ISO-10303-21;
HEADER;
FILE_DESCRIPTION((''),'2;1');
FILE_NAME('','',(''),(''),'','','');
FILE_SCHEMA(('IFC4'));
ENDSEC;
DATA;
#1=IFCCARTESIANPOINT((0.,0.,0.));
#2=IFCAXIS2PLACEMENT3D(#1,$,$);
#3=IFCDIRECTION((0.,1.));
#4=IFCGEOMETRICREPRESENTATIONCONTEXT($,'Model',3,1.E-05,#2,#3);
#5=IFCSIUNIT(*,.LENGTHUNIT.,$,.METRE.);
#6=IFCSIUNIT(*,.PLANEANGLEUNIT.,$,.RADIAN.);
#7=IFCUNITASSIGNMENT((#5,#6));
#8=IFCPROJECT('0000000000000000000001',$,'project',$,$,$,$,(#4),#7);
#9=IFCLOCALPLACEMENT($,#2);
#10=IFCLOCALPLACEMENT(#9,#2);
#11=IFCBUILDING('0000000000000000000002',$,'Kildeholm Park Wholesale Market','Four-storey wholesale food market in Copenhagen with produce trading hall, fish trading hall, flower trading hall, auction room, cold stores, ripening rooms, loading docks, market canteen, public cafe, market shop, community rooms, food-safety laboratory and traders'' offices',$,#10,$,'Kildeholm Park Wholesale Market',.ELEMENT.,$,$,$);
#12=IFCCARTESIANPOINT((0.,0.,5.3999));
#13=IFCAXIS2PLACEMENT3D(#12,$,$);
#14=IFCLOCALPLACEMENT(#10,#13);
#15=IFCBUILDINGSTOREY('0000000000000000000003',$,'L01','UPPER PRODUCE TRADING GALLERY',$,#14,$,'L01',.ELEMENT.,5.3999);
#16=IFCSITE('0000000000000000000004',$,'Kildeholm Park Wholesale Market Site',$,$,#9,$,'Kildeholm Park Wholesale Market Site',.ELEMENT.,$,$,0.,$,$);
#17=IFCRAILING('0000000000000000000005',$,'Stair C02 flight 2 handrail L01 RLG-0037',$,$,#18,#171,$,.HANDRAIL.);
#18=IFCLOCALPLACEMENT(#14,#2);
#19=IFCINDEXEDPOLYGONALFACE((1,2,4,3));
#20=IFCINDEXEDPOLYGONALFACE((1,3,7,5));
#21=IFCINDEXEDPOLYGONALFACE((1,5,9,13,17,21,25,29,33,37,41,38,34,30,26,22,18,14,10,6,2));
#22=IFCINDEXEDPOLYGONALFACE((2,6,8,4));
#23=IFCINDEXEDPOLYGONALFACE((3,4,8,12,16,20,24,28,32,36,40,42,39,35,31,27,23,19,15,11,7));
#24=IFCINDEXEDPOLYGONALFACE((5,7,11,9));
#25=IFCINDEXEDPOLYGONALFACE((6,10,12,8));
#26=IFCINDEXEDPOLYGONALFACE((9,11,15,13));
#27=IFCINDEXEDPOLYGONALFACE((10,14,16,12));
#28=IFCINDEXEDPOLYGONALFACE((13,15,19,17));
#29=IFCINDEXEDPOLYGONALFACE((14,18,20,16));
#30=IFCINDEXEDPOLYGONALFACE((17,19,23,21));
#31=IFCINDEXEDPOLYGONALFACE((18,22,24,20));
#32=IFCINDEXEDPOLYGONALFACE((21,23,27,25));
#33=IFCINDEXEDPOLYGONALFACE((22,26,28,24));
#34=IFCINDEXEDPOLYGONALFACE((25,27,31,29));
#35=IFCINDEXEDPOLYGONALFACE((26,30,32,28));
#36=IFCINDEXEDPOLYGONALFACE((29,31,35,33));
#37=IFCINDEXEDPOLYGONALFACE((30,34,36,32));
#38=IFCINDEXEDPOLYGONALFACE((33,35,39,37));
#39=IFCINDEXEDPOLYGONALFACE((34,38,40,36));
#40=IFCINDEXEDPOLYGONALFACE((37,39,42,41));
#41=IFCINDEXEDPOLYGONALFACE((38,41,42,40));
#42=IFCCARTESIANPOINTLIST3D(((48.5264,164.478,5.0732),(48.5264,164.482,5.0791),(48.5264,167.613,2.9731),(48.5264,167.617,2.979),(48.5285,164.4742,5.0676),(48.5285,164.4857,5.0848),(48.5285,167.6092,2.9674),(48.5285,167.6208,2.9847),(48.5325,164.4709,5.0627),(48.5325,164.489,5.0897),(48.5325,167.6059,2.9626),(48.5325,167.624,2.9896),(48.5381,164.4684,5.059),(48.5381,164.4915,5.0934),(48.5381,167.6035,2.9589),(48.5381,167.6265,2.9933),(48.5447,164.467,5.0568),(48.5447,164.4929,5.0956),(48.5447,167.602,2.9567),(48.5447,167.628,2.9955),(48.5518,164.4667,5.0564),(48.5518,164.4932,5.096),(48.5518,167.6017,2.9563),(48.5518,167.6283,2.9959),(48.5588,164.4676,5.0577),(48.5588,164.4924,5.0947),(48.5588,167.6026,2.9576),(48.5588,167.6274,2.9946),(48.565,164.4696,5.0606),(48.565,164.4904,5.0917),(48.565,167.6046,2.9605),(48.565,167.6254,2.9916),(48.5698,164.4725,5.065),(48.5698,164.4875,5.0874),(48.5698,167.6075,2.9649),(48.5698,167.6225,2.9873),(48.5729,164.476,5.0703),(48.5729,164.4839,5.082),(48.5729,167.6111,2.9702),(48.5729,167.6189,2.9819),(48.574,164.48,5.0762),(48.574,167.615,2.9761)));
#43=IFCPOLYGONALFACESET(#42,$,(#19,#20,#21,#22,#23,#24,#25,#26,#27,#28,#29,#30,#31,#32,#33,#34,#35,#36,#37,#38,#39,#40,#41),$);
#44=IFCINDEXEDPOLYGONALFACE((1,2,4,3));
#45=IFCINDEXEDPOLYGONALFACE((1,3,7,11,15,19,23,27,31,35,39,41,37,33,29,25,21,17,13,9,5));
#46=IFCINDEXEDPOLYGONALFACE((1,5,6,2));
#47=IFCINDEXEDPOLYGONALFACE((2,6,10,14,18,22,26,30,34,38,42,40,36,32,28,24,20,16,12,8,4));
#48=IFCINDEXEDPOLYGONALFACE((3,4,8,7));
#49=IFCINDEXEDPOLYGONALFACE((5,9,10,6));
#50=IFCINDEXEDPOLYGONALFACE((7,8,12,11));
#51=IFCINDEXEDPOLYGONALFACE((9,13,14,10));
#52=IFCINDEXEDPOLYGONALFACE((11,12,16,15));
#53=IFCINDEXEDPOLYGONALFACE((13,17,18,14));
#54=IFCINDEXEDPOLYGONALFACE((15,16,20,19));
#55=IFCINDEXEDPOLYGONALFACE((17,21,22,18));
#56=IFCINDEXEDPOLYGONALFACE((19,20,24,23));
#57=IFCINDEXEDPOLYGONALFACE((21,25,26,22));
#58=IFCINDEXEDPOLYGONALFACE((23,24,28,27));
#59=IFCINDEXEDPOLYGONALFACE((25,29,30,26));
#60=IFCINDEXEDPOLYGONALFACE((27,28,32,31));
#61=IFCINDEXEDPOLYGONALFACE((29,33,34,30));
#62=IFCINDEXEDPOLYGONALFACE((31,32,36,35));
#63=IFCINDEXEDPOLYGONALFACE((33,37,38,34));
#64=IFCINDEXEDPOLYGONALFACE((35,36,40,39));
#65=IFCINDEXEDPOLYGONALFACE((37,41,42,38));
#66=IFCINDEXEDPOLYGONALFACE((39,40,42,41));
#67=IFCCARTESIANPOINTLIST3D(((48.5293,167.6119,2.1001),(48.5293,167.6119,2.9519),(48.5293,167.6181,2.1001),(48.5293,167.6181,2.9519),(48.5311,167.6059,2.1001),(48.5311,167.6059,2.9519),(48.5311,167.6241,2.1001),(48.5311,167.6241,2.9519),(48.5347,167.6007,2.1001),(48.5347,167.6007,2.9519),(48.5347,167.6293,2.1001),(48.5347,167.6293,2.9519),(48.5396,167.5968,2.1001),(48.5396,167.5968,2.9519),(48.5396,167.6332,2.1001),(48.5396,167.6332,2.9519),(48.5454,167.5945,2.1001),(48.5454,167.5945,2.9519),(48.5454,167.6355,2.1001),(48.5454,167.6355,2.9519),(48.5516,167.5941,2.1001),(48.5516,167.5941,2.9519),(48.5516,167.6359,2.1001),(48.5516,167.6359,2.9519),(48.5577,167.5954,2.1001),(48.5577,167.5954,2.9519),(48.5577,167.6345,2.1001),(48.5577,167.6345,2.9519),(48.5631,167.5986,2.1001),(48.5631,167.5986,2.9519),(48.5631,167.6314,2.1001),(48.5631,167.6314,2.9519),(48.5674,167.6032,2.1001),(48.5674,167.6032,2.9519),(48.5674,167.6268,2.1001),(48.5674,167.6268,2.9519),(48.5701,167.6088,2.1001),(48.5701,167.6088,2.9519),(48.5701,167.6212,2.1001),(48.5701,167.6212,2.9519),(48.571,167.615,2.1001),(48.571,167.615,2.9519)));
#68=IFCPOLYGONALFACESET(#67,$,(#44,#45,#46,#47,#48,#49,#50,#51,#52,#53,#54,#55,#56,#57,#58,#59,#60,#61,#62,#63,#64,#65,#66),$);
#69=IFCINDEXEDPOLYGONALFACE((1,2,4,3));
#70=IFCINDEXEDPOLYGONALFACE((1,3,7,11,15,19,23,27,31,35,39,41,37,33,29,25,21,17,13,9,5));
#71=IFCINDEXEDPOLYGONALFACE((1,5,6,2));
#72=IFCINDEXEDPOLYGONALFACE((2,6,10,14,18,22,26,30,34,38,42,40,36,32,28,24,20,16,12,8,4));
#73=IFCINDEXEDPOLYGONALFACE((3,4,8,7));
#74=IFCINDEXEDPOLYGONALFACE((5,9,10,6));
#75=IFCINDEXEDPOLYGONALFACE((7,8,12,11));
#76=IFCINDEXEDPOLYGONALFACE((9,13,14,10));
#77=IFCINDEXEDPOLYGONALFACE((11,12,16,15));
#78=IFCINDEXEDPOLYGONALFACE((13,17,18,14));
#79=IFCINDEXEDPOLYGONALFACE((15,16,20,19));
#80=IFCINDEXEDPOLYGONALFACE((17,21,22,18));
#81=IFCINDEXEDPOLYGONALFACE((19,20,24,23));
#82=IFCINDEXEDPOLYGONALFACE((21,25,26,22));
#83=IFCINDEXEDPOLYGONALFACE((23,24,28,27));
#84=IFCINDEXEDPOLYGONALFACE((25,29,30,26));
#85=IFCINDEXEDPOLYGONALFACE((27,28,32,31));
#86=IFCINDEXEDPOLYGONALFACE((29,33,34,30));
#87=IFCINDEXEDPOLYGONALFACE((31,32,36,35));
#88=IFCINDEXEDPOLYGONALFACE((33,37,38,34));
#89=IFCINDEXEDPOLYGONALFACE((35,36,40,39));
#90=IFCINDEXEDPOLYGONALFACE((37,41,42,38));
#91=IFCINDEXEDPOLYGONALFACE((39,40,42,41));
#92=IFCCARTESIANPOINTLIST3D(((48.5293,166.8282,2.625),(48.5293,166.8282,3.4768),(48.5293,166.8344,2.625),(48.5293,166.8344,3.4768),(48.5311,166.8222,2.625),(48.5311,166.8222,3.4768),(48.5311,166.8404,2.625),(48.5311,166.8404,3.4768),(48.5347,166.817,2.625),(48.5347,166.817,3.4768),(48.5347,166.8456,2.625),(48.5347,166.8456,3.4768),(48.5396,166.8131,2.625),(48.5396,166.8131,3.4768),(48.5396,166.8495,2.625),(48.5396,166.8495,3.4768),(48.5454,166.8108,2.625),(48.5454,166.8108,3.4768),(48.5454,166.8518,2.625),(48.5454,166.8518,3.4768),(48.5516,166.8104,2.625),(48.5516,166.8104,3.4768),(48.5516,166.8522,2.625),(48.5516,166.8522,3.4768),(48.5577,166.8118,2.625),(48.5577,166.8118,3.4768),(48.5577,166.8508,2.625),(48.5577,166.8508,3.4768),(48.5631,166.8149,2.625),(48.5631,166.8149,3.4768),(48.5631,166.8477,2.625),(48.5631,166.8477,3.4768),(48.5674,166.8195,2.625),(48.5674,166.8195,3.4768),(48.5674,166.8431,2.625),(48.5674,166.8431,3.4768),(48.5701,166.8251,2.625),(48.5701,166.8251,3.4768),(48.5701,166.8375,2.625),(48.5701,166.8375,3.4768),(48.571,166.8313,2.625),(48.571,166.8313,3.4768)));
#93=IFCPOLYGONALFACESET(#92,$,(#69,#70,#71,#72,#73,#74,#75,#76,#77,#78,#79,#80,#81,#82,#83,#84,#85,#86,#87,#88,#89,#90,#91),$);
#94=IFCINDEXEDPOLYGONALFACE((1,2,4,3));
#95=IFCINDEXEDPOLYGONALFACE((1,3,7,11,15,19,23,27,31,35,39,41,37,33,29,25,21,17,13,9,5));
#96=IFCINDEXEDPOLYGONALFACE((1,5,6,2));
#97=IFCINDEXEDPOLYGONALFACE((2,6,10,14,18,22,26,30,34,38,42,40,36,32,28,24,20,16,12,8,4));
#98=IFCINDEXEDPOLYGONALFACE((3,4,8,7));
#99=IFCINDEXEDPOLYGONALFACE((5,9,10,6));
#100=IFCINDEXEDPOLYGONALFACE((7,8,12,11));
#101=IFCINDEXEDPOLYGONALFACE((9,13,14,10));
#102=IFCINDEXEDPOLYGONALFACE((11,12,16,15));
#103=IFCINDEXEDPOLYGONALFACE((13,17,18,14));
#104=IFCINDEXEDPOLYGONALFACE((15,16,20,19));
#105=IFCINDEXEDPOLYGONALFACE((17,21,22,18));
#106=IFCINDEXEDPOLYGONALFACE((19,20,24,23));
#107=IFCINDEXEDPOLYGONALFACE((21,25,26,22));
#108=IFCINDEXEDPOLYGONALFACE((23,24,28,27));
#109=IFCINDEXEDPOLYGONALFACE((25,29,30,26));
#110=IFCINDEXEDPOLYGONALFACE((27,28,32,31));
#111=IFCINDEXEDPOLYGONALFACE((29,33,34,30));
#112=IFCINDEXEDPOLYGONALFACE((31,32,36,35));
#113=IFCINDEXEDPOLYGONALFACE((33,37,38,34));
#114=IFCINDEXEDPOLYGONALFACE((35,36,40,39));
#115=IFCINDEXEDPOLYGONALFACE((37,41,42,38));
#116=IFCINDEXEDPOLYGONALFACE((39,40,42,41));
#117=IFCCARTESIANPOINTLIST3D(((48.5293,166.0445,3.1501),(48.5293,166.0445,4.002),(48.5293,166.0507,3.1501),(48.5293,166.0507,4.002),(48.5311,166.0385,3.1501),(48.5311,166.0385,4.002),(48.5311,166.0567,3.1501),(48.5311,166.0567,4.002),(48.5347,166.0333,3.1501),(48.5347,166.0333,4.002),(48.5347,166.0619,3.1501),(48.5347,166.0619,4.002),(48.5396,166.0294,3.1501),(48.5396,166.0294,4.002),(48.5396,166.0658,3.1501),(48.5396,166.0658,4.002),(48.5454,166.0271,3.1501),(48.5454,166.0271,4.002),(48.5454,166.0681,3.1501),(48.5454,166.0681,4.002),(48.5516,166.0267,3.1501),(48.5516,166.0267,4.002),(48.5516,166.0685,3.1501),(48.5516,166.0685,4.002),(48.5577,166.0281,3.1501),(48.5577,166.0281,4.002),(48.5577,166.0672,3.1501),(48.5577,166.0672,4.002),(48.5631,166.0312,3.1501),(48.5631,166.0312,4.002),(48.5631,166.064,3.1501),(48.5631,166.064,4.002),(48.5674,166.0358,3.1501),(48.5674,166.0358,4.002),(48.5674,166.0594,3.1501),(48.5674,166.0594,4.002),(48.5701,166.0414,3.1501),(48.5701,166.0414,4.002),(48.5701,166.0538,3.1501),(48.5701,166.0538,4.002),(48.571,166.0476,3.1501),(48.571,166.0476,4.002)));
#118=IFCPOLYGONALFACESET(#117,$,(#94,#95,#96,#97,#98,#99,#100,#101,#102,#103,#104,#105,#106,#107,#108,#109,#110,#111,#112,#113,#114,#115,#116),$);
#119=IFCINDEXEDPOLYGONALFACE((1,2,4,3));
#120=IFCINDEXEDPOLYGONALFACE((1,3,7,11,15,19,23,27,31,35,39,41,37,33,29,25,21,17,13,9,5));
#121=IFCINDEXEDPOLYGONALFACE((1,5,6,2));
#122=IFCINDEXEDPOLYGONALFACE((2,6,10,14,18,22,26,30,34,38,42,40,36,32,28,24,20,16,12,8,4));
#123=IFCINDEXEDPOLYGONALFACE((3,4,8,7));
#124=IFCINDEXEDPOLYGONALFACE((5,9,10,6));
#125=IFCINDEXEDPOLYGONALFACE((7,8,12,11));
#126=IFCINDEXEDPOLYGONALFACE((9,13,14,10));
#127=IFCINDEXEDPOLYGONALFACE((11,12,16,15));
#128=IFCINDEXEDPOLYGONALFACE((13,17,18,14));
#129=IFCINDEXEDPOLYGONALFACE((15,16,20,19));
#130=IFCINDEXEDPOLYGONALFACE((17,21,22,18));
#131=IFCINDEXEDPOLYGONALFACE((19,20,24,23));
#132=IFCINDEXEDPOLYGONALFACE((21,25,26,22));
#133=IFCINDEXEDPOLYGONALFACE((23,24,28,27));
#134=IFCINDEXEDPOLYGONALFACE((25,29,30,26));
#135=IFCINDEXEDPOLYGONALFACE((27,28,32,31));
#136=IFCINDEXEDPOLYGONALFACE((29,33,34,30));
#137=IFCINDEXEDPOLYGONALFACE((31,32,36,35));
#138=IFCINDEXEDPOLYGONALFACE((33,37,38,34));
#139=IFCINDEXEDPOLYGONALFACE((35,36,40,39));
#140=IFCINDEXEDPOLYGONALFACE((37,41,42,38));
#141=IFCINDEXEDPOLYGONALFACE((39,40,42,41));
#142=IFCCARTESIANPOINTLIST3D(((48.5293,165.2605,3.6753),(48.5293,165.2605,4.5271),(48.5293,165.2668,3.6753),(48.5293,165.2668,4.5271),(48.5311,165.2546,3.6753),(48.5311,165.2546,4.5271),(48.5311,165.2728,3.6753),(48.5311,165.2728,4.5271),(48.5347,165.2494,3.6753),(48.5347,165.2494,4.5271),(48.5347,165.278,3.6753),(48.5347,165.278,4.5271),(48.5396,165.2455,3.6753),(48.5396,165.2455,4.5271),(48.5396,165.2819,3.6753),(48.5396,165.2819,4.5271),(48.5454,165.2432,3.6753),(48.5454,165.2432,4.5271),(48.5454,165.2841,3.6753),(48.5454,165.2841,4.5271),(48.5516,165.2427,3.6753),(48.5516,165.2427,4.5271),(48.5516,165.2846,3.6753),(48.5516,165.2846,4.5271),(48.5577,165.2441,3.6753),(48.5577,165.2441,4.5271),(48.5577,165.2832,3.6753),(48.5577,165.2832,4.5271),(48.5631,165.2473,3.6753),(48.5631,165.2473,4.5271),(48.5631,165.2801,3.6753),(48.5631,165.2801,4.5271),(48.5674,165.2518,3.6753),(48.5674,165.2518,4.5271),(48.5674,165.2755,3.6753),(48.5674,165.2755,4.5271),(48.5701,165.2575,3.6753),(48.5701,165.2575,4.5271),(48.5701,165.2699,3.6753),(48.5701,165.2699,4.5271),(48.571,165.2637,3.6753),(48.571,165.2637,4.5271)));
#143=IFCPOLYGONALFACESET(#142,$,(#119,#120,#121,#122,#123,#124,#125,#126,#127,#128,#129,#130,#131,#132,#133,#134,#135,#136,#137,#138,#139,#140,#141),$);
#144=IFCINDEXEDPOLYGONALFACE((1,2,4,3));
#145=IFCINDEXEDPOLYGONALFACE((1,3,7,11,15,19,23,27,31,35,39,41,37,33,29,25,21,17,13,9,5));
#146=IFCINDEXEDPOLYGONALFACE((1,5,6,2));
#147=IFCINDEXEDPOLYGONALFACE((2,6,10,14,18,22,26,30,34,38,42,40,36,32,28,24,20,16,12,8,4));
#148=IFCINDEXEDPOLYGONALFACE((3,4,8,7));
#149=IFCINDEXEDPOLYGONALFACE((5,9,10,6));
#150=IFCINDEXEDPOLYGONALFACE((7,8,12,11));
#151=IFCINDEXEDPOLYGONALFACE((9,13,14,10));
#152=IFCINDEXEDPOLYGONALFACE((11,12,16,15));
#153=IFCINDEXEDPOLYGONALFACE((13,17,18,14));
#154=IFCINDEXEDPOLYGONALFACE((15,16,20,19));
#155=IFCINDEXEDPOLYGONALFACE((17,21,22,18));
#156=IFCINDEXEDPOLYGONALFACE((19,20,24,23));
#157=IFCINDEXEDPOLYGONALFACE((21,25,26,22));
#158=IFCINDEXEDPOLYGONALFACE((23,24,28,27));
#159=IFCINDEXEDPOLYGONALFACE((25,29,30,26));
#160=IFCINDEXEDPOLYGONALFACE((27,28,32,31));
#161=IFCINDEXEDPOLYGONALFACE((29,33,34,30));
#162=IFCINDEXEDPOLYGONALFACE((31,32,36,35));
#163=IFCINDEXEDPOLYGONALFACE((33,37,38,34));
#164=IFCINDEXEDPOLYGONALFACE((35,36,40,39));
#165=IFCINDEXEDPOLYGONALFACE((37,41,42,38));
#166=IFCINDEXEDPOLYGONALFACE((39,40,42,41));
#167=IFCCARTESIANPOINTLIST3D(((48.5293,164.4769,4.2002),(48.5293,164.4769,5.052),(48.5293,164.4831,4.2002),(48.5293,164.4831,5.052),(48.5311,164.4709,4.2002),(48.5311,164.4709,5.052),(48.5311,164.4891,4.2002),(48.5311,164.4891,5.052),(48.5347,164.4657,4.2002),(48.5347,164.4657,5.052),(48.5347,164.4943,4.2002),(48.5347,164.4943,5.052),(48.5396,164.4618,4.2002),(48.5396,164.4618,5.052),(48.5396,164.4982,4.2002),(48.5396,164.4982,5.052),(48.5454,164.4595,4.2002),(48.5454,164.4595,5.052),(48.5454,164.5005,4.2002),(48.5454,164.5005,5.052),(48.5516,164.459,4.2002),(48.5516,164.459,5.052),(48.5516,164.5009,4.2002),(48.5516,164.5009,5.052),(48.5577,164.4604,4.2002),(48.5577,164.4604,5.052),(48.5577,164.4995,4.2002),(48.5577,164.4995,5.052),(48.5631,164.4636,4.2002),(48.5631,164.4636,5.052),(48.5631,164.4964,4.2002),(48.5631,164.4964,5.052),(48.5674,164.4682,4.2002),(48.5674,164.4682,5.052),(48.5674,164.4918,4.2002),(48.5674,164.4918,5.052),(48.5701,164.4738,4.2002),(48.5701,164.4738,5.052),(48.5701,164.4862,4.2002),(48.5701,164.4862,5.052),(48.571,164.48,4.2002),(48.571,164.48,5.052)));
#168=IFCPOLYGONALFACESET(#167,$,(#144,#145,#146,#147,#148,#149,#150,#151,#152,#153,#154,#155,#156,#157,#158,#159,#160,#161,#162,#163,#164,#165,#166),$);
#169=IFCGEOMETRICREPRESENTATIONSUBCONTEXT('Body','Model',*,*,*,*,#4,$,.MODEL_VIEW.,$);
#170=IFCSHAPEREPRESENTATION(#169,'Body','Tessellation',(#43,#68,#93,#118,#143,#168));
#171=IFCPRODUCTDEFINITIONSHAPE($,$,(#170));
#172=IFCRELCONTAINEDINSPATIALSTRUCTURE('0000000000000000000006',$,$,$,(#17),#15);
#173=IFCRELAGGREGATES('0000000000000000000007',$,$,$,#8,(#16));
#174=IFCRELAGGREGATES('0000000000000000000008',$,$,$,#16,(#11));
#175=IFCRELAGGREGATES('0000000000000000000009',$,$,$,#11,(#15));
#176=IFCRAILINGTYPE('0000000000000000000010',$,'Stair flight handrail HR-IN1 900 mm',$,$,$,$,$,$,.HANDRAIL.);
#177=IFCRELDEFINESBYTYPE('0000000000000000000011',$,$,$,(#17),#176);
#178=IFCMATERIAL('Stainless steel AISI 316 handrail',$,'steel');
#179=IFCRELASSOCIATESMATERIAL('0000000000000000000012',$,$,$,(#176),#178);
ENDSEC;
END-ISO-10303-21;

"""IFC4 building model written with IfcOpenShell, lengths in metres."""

from ifc_helpers import new_model, si_unit, direction, frame, origin, origin_2d, place, context, subcontext, project, spatial, circle, extrude, material, type_object, element, save


model = new_model("IFC4")

# Units and contexts
model_context = context("Model", 3, precision=1e-05, world=origin(), true_north=direction((0.0, 1.0)))
body_context = subcontext(model_context, "Body", "Model", "MODEL_VIEW")
ifc_project = project(units=[si_unit("LENGTHUNIT", "METRE"), si_unit("PLANEANGLEUNIT", "RADIAN")], contexts=[model_context])

# Site, building, storey
site_placement = place(None, origin())
site = spatial("IfcSite", under=ifc_project, at=site_placement, Name="Kildeholm Park Wholesale Market Site", LongName="Kildeholm Park Wholesale Market Site", CompositionType="ELEMENT", RefElevation=0.0)
building_placement = place(site_placement, origin())
building = spatial("IfcBuilding", under=site, at=building_placement, Name="Kildeholm Park Wholesale Market", Description="Four-storey wholesale food market in Copenhagen with produce trading hall, fish trading hall, flower trading hall, auction room, cold stores, ripening rooms, loading docks, market canteen, public cafe, market shop, community rooms, food-safety laboratory and traders' offices", LongName="Kildeholm Park Wholesale Market", CompositionType="ELEMENT")
storey_placement = place(building_placement, frame((0.0, 0.0, 5.3999)))
storey = spatial("IfcBuildingStorey", under=building, at=storey_placement, Name="L01", Description="UPPER PRODUCE TRADING GALLERY", LongName="L01", CompositionType="ELEMENT", Elevation=5.3999)

# Railing
ifc_material_1 = material(Name="Stainless steel AISI 316 handrail", Category="steel")
railing_type_1 = type_object("IfcRailingType", Name="Stair flight handrail HR-IN1 900 mm", PredefinedType="HANDRAIL", material=ifc_material_1)
railing_1_placement = place(storey_placement, frame((48.55, 167.615, 2.1001)))
element("IfcRailing", 1, at=railing_1_placement, inside=storey, type_object=railing_type_1, Name="Stair C02 flight 2 handrail L01 RLG-0037", PredefinedType="HANDRAIL", context=body_context, shape_type="SweptSolid", body=[
    extrude(circle(Radius=0.0239, at=origin_2d()), frame((0.0, 0.0, 0.876), z_axis=(0.0, -0.830814, 0.55655), x_axis=(1.0, 0.0, 0.0)), (0.0, 0.0, 1.0), 3.7734),
    extrude(circle(Radius=0.021, at=origin_2d()), origin(), (0.0, 0.0, 1.0), 0.8518),
    extrude(circle(Radius=0.021, at=origin_2d()), frame((0.0, -0.7837, 0.5249)), (0.0, 0.0, 1.0), 0.8518),
    extrude(circle(Radius=0.021, at=origin_2d()), frame((0.0, -1.5674, 1.05)), (0.0, 0.0, 1.0), 0.8518),
    extrude(circle(Radius=0.021, at=origin_2d()), frame((0.0, -2.3513, 1.5752)), (0.0, 0.0, 1.0), 0.8518),
    extrude(circle(Radius=0.021, at=origin_2d()), frame((0.0, -3.135, 2.1001)), (0.0, 0.0, 1.0), 0.8518),
])

save(model, "model.ifc")
